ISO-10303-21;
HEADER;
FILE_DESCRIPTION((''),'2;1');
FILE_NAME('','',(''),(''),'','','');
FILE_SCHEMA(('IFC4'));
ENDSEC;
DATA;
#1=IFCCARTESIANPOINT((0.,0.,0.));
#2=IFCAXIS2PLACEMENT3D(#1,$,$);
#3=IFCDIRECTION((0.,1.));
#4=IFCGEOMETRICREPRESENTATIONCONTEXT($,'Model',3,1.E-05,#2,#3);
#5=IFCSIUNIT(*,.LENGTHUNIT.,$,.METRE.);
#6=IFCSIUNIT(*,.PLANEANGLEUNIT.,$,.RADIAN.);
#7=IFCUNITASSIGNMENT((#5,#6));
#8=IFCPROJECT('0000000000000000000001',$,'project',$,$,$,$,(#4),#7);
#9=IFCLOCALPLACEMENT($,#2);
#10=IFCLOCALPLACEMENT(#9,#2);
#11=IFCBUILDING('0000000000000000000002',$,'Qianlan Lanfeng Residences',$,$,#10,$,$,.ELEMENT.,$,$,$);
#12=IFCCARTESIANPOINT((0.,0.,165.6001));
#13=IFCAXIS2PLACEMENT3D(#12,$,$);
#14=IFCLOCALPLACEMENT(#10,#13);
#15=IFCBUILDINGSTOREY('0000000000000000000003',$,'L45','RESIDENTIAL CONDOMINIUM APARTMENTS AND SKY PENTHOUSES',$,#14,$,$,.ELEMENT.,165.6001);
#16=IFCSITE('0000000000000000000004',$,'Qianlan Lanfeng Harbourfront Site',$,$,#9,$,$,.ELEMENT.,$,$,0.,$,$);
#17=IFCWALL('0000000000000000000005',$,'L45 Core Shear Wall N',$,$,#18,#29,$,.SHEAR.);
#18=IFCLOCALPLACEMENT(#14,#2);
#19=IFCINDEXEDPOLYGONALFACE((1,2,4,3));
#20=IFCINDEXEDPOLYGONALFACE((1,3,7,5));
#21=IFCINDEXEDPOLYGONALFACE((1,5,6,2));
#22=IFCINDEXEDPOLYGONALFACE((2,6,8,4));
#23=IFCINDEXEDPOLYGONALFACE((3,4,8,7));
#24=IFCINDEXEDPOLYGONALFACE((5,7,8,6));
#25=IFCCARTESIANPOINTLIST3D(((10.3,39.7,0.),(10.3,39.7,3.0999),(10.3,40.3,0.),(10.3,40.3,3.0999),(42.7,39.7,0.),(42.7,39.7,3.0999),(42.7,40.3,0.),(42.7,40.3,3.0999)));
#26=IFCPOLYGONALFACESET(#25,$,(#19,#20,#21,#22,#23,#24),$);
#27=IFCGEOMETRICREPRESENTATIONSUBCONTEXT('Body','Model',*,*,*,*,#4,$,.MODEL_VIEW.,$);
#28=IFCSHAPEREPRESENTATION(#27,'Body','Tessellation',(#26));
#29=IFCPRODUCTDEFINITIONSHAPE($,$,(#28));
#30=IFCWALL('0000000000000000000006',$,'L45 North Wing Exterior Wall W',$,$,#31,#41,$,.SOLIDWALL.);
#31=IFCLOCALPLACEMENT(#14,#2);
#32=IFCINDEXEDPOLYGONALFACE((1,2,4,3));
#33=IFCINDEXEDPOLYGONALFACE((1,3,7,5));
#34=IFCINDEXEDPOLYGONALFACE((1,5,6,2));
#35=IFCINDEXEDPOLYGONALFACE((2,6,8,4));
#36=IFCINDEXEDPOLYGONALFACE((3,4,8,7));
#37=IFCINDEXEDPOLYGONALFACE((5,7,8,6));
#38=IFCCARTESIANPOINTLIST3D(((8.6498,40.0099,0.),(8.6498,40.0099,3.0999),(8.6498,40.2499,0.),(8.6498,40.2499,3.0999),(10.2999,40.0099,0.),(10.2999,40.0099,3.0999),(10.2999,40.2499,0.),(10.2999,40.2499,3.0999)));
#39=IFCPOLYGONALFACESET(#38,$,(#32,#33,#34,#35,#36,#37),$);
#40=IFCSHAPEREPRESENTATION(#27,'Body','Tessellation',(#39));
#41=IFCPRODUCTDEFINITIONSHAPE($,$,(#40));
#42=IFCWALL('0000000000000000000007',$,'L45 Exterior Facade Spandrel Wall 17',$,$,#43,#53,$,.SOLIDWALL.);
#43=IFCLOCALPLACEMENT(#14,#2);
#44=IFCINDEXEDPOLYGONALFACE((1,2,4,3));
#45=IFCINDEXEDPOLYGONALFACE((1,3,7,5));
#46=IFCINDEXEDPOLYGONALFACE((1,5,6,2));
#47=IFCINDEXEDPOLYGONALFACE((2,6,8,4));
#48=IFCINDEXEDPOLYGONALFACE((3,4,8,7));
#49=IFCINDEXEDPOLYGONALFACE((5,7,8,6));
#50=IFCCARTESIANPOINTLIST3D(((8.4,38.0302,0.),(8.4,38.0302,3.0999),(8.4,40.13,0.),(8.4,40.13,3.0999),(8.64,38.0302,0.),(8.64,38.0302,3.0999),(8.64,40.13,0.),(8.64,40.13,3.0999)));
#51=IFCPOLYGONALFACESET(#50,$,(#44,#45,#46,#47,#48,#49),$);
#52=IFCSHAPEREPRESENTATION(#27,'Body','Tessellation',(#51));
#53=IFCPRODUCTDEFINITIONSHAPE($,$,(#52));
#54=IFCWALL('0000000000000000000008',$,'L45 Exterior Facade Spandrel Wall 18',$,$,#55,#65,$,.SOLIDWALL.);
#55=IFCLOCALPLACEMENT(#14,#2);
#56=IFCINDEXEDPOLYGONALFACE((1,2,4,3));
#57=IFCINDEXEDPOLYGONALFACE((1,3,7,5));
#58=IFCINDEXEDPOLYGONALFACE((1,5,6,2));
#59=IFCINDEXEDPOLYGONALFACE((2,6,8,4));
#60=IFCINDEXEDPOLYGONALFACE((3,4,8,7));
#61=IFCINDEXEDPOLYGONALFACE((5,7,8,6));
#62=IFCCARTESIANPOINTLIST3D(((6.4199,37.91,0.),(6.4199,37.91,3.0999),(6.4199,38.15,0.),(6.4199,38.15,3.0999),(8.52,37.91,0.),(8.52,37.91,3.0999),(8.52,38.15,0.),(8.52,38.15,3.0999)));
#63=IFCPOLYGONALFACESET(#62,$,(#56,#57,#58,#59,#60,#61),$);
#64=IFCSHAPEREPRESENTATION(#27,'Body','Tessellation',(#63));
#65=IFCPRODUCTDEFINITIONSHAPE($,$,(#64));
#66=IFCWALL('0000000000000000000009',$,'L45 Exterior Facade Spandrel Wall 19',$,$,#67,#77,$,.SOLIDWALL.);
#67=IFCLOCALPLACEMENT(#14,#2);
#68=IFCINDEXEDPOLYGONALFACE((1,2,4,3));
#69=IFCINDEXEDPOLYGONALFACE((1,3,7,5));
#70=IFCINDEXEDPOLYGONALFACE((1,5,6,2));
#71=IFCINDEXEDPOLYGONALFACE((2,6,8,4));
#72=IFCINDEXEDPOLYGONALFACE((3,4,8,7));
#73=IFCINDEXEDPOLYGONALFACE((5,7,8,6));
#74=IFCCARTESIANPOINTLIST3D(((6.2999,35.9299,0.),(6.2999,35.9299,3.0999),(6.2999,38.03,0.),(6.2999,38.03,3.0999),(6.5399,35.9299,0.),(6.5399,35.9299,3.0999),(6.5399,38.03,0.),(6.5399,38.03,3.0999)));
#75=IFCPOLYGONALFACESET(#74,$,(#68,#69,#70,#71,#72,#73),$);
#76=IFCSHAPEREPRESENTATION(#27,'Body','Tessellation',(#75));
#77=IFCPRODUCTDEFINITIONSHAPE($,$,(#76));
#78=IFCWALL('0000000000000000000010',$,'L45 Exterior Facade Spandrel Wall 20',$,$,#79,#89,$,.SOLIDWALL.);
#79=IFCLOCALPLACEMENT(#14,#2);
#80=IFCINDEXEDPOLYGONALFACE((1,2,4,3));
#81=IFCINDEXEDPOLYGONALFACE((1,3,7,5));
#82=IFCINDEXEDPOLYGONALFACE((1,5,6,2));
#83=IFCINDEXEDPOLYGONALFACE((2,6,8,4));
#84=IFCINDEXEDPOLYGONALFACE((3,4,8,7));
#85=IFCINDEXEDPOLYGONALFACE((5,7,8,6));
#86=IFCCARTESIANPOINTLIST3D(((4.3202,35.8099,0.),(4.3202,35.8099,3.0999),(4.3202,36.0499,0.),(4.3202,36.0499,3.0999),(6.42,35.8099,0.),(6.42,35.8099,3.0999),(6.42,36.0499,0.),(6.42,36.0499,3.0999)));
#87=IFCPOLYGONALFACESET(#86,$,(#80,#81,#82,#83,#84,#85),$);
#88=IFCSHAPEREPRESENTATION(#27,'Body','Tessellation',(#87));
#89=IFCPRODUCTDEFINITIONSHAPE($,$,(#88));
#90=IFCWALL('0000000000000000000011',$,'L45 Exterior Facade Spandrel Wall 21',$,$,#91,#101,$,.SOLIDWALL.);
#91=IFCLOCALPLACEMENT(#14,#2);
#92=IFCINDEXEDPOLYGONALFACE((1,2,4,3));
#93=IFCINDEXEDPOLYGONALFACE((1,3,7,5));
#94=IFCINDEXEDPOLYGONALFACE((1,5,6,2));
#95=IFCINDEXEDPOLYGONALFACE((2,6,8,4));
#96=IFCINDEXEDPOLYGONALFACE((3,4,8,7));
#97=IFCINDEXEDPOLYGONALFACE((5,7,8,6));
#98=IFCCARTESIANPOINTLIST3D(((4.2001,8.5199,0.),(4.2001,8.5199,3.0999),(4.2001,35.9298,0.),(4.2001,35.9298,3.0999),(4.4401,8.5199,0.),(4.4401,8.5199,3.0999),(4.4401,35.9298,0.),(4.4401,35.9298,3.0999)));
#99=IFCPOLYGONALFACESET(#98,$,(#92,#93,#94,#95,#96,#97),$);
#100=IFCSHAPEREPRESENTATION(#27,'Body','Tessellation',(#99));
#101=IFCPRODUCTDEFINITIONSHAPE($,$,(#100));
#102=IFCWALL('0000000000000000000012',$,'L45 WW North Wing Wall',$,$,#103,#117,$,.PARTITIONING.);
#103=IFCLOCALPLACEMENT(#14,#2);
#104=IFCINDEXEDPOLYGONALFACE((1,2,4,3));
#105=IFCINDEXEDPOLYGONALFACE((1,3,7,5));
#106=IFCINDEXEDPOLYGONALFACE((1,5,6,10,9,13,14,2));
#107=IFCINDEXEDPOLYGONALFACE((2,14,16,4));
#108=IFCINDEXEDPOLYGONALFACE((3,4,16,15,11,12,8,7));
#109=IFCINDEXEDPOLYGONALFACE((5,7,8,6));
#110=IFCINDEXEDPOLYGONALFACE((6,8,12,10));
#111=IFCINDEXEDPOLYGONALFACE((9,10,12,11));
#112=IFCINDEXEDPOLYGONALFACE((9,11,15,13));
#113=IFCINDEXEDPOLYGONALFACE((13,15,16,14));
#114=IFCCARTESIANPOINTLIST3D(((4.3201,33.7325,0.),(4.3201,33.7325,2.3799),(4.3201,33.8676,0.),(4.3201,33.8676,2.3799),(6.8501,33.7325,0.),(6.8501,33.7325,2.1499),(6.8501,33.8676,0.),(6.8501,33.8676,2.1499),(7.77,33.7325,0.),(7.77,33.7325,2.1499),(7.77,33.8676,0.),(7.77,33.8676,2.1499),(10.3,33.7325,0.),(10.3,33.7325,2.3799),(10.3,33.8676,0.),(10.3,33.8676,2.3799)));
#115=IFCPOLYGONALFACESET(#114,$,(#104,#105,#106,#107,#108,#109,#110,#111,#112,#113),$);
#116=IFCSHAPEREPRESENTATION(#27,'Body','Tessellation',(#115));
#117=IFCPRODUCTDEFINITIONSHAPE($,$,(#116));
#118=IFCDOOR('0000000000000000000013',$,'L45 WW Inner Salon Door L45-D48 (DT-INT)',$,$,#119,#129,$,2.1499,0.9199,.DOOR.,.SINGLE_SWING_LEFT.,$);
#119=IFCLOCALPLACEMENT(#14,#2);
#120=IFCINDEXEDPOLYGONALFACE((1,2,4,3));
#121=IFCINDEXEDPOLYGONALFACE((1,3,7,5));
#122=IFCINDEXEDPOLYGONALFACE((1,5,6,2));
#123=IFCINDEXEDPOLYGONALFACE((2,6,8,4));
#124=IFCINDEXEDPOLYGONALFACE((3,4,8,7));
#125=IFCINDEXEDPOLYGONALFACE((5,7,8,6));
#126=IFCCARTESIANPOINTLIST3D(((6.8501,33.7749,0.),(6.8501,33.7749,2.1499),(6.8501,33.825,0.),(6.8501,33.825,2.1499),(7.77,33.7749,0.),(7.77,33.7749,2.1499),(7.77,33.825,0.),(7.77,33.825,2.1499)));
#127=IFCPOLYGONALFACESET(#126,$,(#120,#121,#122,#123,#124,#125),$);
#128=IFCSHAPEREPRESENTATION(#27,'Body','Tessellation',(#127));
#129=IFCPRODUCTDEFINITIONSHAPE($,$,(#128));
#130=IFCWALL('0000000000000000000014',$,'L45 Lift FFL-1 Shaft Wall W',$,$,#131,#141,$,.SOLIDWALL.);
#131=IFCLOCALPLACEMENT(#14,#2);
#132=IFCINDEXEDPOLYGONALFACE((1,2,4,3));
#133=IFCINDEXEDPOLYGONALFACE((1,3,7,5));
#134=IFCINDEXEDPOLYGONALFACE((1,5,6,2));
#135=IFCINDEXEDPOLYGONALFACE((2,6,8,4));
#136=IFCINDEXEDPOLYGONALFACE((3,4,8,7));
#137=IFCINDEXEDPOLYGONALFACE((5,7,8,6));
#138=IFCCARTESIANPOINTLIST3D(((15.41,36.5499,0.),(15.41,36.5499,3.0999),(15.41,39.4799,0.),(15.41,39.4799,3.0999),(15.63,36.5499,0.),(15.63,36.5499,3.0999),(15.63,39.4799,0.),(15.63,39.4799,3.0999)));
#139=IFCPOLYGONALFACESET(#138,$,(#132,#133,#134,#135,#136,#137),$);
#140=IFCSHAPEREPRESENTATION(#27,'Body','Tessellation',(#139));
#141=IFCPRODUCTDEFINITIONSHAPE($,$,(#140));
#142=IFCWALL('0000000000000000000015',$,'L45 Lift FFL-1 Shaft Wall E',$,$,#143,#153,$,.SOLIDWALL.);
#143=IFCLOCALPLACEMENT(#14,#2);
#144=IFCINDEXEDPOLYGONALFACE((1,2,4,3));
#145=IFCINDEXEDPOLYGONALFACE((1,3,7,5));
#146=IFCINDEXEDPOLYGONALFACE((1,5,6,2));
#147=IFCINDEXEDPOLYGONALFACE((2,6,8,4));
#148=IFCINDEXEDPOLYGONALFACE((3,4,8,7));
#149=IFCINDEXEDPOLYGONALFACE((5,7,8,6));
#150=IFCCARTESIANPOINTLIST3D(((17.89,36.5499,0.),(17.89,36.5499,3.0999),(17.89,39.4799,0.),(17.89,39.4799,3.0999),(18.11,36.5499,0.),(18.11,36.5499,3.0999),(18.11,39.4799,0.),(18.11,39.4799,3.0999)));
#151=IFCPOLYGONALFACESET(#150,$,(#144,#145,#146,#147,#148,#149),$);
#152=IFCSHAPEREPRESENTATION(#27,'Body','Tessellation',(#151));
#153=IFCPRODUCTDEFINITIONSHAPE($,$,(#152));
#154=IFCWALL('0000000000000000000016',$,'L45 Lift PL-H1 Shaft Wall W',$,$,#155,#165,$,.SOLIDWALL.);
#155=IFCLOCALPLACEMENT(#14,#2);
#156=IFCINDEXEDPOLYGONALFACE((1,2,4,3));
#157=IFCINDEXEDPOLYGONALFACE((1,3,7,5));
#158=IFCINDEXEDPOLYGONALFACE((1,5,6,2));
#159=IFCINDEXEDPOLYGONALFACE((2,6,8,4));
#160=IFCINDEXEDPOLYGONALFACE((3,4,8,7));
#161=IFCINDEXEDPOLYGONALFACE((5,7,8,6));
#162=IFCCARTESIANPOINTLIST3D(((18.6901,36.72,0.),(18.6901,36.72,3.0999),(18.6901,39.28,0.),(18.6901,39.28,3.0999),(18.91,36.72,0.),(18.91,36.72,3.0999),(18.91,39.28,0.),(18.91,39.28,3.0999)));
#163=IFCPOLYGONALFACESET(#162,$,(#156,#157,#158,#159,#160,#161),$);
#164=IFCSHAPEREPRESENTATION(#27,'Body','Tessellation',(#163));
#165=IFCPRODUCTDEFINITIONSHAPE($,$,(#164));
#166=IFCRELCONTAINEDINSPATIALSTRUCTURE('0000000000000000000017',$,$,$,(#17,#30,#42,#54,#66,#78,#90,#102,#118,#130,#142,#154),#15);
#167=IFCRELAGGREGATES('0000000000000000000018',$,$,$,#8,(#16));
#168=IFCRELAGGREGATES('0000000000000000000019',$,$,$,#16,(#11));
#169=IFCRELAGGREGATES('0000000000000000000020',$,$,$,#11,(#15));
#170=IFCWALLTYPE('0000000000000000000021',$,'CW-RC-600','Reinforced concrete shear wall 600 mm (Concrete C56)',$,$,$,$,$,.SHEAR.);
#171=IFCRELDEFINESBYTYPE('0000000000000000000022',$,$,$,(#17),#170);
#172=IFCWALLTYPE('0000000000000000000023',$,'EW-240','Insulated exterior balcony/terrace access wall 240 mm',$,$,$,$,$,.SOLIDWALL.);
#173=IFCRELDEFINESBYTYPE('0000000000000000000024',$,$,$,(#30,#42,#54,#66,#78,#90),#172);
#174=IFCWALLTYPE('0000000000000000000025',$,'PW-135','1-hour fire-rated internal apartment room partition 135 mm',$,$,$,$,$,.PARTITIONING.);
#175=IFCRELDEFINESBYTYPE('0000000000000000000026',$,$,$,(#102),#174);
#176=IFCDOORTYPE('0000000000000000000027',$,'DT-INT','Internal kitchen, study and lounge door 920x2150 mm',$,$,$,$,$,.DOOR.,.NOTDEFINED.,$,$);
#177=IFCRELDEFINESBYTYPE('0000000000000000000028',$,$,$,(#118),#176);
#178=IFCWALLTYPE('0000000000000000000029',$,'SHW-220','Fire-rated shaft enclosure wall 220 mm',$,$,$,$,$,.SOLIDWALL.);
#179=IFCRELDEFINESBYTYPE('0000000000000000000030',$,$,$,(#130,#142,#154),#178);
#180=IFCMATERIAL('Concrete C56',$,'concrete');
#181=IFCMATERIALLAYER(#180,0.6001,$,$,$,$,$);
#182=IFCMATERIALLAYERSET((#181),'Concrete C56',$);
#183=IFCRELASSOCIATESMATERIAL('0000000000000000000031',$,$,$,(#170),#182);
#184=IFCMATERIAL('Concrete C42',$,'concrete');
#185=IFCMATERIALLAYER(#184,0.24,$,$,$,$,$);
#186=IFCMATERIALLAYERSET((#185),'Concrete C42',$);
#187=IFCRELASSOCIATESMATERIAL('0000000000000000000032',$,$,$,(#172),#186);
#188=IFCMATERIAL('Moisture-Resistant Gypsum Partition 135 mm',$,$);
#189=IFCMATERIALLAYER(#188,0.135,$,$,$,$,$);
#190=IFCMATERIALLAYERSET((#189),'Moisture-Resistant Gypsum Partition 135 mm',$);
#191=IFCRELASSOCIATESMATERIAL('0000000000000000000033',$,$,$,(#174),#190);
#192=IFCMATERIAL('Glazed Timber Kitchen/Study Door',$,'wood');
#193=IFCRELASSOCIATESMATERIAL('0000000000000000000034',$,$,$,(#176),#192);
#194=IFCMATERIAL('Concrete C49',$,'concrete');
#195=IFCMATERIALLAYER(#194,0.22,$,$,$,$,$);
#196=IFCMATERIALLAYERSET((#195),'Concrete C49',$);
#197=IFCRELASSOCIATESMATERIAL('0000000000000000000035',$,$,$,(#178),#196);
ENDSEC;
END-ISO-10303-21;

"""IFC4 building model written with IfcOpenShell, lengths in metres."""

from ifc_helpers import new_model, si_unit, direction, frame, frame_2d, origin, place, context, subcontext, project, spatial, rectangle, extrude, material, layer, layer_set, type_object, element, fill, save


model = new_model("IFC4")

# Units and contexts
model_context = context("Model", 3, precision=1e-05, world=origin(), true_north=direction((0.0, 1.0)))
body_context = subcontext(model_context, "Body", "Model", "MODEL_VIEW")
ifc_project = project(units=[si_unit("LENGTHUNIT", "METRE"), si_unit("PLANEANGLEUNIT", "RADIAN")], contexts=[model_context])

# Site, building, storey
site_placement = place(None, origin())
site = spatial("IfcSite", under=ifc_project, at=site_placement, Name="Qianlan Lanfeng Harbourfront Site", CompositionType="ELEMENT", RefElevation=0.0)
building_placement = place(site_placement, origin())
building = spatial("IfcBuilding", under=site, at=building_placement, Name="Qianlan Lanfeng Residences", CompositionType="ELEMENT")
storey_placement = place(building_placement, frame((0.0, 0.0, 165.6001)))
storey = spatial("IfcBuildingStorey", under=building, at=storey_placement, Name="L45", Description="RESIDENTIAL CONDOMINIUM APARTMENTS AND SKY PENTHOUSES", CompositionType="ELEMENT", Elevation=165.6001)

# Shared definitions
ifc_material_1 = material(Name="Concrete C56", Category="concrete")

# Walls
ifc_layer_1 = layer(ifc_material_1, 0.6001)
ifc_layer_set_1 = layer_set([ifc_layer_1], Name="Concrete C56")
wall_type_1 = type_object("IfcWallType", Name="CW-RC-600", Description="Reinforced concrete shear wall 600 mm (Concrete C56)", PredefinedType="SHEAR", material=ifc_layer_set_1)
wall_1_placement = place(storey_placement, frame((10.3, 40.0, 0.0), z_axis=(0.0, 0.0, 1.0), x_axis=(1.0, 0.0, 0.0)))
element("IfcWall", 1, at=wall_1_placement, inside=storey, type_object=wall_type_1, Name="L45 Core Shear Wall N", PredefinedType="SHEAR", context=body_context, shape_type="SweptSolid", body=[
    extrude(rectangle(XDim=32.3999, YDim=0.6001, at=frame_2d((16.2, 0.0))), origin(), (0.0, 0.0, 1.0), 3.0999),
])
ifc_material_2 = material(Name="Concrete C42", Category="concrete")
ifc_layer_2 = layer(ifc_material_2, 0.24)
ifc_layer_set_2 = layer_set([ifc_layer_2], Name="Concrete C42")
wall_type_2 = type_object("IfcWallType", Name="EW-240", Description="Insulated exterior balcony/terrace access wall 240 mm", PredefinedType="SOLIDWALL", material=ifc_layer_set_2)
wall_2_placement = place(storey_placement, frame((10.3, 40.1299, 0.0), z_axis=(0.0, 0.0, 1.0), x_axis=(-1.0, 0.0, 0.0)))
element("IfcWall", 2, at=wall_2_placement, inside=storey, type_object=wall_type_2, Name="L45 North Wing Exterior Wall W", PredefinedType="SOLIDWALL", context=body_context, shape_type="SweptSolid", body=[
    extrude(rectangle(XDim=1.6501, YDim=0.24, at=frame_2d((0.8252, 0.0))), origin(), (0.0, 0.0, 1.0), 3.0999),
])
wall_3_placement = place(storey_placement, frame((8.52, 40.1299, 0.0), z_axis=(0.0, 0.0, 1.0), x_axis=(0.0, -1.0, 0.0)))
element("IfcWall", 3, at=wall_3_placement, inside=storey, type_object=wall_type_2, Name="L45 Exterior Facade Spandrel Wall 17", PredefinedType="SOLIDWALL", context=body_context, shape_type="SweptSolid", body=[
    extrude(rectangle(XDim=2.0999, YDim=0.24, at=frame_2d((1.0498, 0.0))), origin(), (0.0, 0.0, 1.0), 3.0999),
])
for number, where, z_axis, x_axis, name in (
    (4, (8.52, 38.03, 0.0), (0.0, 0.0, 1.0), (-1.0, 0.0, 0.0), "L45 Exterior Facade Spandrel Wall 18"),
    (5, (6.4199, 38.03, 0.0), (0.0, 0.0, 1.0), (0.0, -1.0, 0.0), "L45 Exterior Facade Spandrel Wall 19"),
):
    element("IfcWall", number, at=place(storey_placement, frame(where, z_axis=z_axis, x_axis=x_axis)), inside=storey, type_object=wall_type_2, Name=name, PredefinedType="SOLIDWALL", context=body_context, shape_type="SweptSolid", body=[
        extrude(rectangle(XDim=2.1001, YDim=0.24, at=frame_2d((1.05, 0.0))), origin(), (0.0, 0.0, 1.0), 3.0999),
    ])
wall_4_placement = place(storey_placement, frame((6.4199, 35.9299, 0.0), z_axis=(0.0, 0.0, 1.0), x_axis=(-1.0, 0.0, 0.0)))
element("IfcWall", 6, at=wall_4_placement, inside=storey, type_object=wall_type_2, Name="L45 Exterior Facade Spandrel Wall 20", PredefinedType="SOLIDWALL", context=body_context, shape_type="SweptSolid", body=[
    extrude(rectangle(XDim=2.0999, YDim=0.24, at=frame_2d((1.0498, 0.0))), origin(), (0.0, 0.0, 1.0), 3.0999),
])
wall_5_placement = place(storey_placement, frame((4.3201, 35.9299, 0.0), z_axis=(0.0, 0.0, 1.0), x_axis=(0.0, -1.0, 0.0)))
element("IfcWall", 7, at=wall_5_placement, inside=storey, type_object=wall_type_2, Name="L45 Exterior Facade Spandrel Wall 21", PredefinedType="SOLIDWALL", context=body_context, shape_type="SweptSolid", body=[
    extrude(rectangle(XDim=27.4099, YDim=0.24, at=frame_2d((13.7051, 0.0))), origin(), (0.0, 0.0, 1.0), 3.0999),
])

# Wall, opening, door
ifc_material_3 = material(Name="Moisture-Resistant Gypsum Partition 135 mm")
ifc_layer_3 = layer(ifc_material_3, 0.135)
ifc_layer_set_3 = layer_set([ifc_layer_3], Name="Moisture-Resistant Gypsum Partition 135 mm")
wall_type_3 = type_object("IfcWallType", Name="PW-135", Description="1-hour fire-rated internal apartment room partition 135 mm", PredefinedType="PARTITIONING", material=ifc_layer_set_3)
wall_6_placement = place(storey_placement, frame((4.3201, 33.8, 0.0), z_axis=(0.0, 0.0, 1.0), x_axis=(1.0, 0.0, 0.0)))
wall_6 = element("IfcWall", 8, at=wall_6_placement, inside=storey, type_object=wall_type_3, Name="L45 WW North Wing Wall", PredefinedType="PARTITIONING", context=body_context, shape_type="SweptSolid", body=[
    extrude(rectangle(XDim=5.98, YDim=0.135, at=frame_2d((2.99, 0.0))), origin(), (0.0, 0.0, 1.0), 2.3799),
])
opening_1_placement = place(wall_6_placement, frame((2.53, 0.0, 0.0)))
opening_1 = element("IfcOpeningElement", 9, at=opening_1_placement, cuts=wall_6, PredefinedType="OPENING", context=body_context, shape_type="SweptSolid", body=[
    extrude(rectangle(XDim=0.9199, YDim=2.1499, at=frame_2d((0.46, 1.075))), frame((0.0, 0.0776, 0.0), z_axis=(0.0, -1.0, 0.0), x_axis=(1.0, 0.0, 0.0)), (0.0, 0.0, 1.0), 0.155),
])
ifc_material_4 = material(Name="Glazed Timber Kitchen/Study Door", Category="wood")
door_type_1 = type_object("IfcDoorType", Name="DT-INT", Description="Internal kitchen, study and lounge door 920x2150 mm", OperationType="NOTDEFINED", PredefinedType="DOOR", material=ifc_material_4)
door_1_placement = place(opening_1_placement, origin())
door_1 = element("IfcDoor", 10, at=door_1_placement, inside=storey, type_object=door_type_1, Name="L45 WW Inner Salon Door L45-D48 (DT-INT)", OperationType="SINGLE_SWING_LEFT", OverallHeight=2.1499, OverallWidth=0.9199, PredefinedType="DOOR", context=body_context, shape_type="SweptSolid", body=[
    extrude(rectangle(XDim=0.9199, YDim=2.1499, at=frame_2d((0.46, 1.075))), frame((0.0, 0.0249, 0.0), z_axis=(0.0, -1.0, 0.0), x_axis=(1.0, 0.0, 0.0)), (0.0, 0.0, 1.0), 0.05),
])
fill(opening_1, door_1)

# Walls
ifc_material_5 = material(Name="Concrete C49", Category="concrete")
ifc_layer_4 = layer(ifc_material_5, 0.22)
ifc_layer_set_4 = layer_set([ifc_layer_4], Name="Concrete C49")
wall_type_4 = type_object("IfcWallType", Name="SHW-220", Description="Fire-rated shaft enclosure wall 220 mm", PredefinedType="SOLIDWALL", material=ifc_layer_set_4)
for number, where, z_axis, x_axis, name in (
    (11, (15.52, 36.55, 0.0), (0.0, 0.0, 1.0), (0.0, 1.0, 0.0), "L45 Lift FFL-1 Shaft Wall W"),
    (12, (18.0, 36.55, 0.0), (0.0, 0.0, 1.0), (0.0, 1.0, 0.0), "L45 Lift FFL-1 Shaft Wall E"),
):
    element("IfcWall", number, at=place(storey_placement, frame(where, z_axis=z_axis, x_axis=x_axis)), inside=storey, type_object=wall_type_4, Name=name, PredefinedType="SOLIDWALL", context=body_context, shape_type="SweptSolid", body=[
        extrude(rectangle(XDim=2.9299, YDim=0.22, at=frame_2d((1.4648, 0.0))), origin(), (0.0, 0.0, 1.0), 3.0999),
    ])
wall_7_placement = place(storey_placement, frame((18.8, 36.72, 0.0), z_axis=(0.0, 0.0, 1.0), x_axis=(0.0, 1.0, 0.0)))
element("IfcWall", 13, at=wall_7_placement, inside=storey, type_object=wall_type_4, Name="L45 Lift PL-H1 Shaft Wall W", PredefinedType="SOLIDWALL", context=body_context, shape_type="SweptSolid", body=[
    extrude(rectangle(XDim=2.5601, YDim=0.22, at=frame_2d((1.28, 0.0))), origin(), (0.0, 0.0, 1.0), 3.0999),
])

save(model, "model.ifc")
